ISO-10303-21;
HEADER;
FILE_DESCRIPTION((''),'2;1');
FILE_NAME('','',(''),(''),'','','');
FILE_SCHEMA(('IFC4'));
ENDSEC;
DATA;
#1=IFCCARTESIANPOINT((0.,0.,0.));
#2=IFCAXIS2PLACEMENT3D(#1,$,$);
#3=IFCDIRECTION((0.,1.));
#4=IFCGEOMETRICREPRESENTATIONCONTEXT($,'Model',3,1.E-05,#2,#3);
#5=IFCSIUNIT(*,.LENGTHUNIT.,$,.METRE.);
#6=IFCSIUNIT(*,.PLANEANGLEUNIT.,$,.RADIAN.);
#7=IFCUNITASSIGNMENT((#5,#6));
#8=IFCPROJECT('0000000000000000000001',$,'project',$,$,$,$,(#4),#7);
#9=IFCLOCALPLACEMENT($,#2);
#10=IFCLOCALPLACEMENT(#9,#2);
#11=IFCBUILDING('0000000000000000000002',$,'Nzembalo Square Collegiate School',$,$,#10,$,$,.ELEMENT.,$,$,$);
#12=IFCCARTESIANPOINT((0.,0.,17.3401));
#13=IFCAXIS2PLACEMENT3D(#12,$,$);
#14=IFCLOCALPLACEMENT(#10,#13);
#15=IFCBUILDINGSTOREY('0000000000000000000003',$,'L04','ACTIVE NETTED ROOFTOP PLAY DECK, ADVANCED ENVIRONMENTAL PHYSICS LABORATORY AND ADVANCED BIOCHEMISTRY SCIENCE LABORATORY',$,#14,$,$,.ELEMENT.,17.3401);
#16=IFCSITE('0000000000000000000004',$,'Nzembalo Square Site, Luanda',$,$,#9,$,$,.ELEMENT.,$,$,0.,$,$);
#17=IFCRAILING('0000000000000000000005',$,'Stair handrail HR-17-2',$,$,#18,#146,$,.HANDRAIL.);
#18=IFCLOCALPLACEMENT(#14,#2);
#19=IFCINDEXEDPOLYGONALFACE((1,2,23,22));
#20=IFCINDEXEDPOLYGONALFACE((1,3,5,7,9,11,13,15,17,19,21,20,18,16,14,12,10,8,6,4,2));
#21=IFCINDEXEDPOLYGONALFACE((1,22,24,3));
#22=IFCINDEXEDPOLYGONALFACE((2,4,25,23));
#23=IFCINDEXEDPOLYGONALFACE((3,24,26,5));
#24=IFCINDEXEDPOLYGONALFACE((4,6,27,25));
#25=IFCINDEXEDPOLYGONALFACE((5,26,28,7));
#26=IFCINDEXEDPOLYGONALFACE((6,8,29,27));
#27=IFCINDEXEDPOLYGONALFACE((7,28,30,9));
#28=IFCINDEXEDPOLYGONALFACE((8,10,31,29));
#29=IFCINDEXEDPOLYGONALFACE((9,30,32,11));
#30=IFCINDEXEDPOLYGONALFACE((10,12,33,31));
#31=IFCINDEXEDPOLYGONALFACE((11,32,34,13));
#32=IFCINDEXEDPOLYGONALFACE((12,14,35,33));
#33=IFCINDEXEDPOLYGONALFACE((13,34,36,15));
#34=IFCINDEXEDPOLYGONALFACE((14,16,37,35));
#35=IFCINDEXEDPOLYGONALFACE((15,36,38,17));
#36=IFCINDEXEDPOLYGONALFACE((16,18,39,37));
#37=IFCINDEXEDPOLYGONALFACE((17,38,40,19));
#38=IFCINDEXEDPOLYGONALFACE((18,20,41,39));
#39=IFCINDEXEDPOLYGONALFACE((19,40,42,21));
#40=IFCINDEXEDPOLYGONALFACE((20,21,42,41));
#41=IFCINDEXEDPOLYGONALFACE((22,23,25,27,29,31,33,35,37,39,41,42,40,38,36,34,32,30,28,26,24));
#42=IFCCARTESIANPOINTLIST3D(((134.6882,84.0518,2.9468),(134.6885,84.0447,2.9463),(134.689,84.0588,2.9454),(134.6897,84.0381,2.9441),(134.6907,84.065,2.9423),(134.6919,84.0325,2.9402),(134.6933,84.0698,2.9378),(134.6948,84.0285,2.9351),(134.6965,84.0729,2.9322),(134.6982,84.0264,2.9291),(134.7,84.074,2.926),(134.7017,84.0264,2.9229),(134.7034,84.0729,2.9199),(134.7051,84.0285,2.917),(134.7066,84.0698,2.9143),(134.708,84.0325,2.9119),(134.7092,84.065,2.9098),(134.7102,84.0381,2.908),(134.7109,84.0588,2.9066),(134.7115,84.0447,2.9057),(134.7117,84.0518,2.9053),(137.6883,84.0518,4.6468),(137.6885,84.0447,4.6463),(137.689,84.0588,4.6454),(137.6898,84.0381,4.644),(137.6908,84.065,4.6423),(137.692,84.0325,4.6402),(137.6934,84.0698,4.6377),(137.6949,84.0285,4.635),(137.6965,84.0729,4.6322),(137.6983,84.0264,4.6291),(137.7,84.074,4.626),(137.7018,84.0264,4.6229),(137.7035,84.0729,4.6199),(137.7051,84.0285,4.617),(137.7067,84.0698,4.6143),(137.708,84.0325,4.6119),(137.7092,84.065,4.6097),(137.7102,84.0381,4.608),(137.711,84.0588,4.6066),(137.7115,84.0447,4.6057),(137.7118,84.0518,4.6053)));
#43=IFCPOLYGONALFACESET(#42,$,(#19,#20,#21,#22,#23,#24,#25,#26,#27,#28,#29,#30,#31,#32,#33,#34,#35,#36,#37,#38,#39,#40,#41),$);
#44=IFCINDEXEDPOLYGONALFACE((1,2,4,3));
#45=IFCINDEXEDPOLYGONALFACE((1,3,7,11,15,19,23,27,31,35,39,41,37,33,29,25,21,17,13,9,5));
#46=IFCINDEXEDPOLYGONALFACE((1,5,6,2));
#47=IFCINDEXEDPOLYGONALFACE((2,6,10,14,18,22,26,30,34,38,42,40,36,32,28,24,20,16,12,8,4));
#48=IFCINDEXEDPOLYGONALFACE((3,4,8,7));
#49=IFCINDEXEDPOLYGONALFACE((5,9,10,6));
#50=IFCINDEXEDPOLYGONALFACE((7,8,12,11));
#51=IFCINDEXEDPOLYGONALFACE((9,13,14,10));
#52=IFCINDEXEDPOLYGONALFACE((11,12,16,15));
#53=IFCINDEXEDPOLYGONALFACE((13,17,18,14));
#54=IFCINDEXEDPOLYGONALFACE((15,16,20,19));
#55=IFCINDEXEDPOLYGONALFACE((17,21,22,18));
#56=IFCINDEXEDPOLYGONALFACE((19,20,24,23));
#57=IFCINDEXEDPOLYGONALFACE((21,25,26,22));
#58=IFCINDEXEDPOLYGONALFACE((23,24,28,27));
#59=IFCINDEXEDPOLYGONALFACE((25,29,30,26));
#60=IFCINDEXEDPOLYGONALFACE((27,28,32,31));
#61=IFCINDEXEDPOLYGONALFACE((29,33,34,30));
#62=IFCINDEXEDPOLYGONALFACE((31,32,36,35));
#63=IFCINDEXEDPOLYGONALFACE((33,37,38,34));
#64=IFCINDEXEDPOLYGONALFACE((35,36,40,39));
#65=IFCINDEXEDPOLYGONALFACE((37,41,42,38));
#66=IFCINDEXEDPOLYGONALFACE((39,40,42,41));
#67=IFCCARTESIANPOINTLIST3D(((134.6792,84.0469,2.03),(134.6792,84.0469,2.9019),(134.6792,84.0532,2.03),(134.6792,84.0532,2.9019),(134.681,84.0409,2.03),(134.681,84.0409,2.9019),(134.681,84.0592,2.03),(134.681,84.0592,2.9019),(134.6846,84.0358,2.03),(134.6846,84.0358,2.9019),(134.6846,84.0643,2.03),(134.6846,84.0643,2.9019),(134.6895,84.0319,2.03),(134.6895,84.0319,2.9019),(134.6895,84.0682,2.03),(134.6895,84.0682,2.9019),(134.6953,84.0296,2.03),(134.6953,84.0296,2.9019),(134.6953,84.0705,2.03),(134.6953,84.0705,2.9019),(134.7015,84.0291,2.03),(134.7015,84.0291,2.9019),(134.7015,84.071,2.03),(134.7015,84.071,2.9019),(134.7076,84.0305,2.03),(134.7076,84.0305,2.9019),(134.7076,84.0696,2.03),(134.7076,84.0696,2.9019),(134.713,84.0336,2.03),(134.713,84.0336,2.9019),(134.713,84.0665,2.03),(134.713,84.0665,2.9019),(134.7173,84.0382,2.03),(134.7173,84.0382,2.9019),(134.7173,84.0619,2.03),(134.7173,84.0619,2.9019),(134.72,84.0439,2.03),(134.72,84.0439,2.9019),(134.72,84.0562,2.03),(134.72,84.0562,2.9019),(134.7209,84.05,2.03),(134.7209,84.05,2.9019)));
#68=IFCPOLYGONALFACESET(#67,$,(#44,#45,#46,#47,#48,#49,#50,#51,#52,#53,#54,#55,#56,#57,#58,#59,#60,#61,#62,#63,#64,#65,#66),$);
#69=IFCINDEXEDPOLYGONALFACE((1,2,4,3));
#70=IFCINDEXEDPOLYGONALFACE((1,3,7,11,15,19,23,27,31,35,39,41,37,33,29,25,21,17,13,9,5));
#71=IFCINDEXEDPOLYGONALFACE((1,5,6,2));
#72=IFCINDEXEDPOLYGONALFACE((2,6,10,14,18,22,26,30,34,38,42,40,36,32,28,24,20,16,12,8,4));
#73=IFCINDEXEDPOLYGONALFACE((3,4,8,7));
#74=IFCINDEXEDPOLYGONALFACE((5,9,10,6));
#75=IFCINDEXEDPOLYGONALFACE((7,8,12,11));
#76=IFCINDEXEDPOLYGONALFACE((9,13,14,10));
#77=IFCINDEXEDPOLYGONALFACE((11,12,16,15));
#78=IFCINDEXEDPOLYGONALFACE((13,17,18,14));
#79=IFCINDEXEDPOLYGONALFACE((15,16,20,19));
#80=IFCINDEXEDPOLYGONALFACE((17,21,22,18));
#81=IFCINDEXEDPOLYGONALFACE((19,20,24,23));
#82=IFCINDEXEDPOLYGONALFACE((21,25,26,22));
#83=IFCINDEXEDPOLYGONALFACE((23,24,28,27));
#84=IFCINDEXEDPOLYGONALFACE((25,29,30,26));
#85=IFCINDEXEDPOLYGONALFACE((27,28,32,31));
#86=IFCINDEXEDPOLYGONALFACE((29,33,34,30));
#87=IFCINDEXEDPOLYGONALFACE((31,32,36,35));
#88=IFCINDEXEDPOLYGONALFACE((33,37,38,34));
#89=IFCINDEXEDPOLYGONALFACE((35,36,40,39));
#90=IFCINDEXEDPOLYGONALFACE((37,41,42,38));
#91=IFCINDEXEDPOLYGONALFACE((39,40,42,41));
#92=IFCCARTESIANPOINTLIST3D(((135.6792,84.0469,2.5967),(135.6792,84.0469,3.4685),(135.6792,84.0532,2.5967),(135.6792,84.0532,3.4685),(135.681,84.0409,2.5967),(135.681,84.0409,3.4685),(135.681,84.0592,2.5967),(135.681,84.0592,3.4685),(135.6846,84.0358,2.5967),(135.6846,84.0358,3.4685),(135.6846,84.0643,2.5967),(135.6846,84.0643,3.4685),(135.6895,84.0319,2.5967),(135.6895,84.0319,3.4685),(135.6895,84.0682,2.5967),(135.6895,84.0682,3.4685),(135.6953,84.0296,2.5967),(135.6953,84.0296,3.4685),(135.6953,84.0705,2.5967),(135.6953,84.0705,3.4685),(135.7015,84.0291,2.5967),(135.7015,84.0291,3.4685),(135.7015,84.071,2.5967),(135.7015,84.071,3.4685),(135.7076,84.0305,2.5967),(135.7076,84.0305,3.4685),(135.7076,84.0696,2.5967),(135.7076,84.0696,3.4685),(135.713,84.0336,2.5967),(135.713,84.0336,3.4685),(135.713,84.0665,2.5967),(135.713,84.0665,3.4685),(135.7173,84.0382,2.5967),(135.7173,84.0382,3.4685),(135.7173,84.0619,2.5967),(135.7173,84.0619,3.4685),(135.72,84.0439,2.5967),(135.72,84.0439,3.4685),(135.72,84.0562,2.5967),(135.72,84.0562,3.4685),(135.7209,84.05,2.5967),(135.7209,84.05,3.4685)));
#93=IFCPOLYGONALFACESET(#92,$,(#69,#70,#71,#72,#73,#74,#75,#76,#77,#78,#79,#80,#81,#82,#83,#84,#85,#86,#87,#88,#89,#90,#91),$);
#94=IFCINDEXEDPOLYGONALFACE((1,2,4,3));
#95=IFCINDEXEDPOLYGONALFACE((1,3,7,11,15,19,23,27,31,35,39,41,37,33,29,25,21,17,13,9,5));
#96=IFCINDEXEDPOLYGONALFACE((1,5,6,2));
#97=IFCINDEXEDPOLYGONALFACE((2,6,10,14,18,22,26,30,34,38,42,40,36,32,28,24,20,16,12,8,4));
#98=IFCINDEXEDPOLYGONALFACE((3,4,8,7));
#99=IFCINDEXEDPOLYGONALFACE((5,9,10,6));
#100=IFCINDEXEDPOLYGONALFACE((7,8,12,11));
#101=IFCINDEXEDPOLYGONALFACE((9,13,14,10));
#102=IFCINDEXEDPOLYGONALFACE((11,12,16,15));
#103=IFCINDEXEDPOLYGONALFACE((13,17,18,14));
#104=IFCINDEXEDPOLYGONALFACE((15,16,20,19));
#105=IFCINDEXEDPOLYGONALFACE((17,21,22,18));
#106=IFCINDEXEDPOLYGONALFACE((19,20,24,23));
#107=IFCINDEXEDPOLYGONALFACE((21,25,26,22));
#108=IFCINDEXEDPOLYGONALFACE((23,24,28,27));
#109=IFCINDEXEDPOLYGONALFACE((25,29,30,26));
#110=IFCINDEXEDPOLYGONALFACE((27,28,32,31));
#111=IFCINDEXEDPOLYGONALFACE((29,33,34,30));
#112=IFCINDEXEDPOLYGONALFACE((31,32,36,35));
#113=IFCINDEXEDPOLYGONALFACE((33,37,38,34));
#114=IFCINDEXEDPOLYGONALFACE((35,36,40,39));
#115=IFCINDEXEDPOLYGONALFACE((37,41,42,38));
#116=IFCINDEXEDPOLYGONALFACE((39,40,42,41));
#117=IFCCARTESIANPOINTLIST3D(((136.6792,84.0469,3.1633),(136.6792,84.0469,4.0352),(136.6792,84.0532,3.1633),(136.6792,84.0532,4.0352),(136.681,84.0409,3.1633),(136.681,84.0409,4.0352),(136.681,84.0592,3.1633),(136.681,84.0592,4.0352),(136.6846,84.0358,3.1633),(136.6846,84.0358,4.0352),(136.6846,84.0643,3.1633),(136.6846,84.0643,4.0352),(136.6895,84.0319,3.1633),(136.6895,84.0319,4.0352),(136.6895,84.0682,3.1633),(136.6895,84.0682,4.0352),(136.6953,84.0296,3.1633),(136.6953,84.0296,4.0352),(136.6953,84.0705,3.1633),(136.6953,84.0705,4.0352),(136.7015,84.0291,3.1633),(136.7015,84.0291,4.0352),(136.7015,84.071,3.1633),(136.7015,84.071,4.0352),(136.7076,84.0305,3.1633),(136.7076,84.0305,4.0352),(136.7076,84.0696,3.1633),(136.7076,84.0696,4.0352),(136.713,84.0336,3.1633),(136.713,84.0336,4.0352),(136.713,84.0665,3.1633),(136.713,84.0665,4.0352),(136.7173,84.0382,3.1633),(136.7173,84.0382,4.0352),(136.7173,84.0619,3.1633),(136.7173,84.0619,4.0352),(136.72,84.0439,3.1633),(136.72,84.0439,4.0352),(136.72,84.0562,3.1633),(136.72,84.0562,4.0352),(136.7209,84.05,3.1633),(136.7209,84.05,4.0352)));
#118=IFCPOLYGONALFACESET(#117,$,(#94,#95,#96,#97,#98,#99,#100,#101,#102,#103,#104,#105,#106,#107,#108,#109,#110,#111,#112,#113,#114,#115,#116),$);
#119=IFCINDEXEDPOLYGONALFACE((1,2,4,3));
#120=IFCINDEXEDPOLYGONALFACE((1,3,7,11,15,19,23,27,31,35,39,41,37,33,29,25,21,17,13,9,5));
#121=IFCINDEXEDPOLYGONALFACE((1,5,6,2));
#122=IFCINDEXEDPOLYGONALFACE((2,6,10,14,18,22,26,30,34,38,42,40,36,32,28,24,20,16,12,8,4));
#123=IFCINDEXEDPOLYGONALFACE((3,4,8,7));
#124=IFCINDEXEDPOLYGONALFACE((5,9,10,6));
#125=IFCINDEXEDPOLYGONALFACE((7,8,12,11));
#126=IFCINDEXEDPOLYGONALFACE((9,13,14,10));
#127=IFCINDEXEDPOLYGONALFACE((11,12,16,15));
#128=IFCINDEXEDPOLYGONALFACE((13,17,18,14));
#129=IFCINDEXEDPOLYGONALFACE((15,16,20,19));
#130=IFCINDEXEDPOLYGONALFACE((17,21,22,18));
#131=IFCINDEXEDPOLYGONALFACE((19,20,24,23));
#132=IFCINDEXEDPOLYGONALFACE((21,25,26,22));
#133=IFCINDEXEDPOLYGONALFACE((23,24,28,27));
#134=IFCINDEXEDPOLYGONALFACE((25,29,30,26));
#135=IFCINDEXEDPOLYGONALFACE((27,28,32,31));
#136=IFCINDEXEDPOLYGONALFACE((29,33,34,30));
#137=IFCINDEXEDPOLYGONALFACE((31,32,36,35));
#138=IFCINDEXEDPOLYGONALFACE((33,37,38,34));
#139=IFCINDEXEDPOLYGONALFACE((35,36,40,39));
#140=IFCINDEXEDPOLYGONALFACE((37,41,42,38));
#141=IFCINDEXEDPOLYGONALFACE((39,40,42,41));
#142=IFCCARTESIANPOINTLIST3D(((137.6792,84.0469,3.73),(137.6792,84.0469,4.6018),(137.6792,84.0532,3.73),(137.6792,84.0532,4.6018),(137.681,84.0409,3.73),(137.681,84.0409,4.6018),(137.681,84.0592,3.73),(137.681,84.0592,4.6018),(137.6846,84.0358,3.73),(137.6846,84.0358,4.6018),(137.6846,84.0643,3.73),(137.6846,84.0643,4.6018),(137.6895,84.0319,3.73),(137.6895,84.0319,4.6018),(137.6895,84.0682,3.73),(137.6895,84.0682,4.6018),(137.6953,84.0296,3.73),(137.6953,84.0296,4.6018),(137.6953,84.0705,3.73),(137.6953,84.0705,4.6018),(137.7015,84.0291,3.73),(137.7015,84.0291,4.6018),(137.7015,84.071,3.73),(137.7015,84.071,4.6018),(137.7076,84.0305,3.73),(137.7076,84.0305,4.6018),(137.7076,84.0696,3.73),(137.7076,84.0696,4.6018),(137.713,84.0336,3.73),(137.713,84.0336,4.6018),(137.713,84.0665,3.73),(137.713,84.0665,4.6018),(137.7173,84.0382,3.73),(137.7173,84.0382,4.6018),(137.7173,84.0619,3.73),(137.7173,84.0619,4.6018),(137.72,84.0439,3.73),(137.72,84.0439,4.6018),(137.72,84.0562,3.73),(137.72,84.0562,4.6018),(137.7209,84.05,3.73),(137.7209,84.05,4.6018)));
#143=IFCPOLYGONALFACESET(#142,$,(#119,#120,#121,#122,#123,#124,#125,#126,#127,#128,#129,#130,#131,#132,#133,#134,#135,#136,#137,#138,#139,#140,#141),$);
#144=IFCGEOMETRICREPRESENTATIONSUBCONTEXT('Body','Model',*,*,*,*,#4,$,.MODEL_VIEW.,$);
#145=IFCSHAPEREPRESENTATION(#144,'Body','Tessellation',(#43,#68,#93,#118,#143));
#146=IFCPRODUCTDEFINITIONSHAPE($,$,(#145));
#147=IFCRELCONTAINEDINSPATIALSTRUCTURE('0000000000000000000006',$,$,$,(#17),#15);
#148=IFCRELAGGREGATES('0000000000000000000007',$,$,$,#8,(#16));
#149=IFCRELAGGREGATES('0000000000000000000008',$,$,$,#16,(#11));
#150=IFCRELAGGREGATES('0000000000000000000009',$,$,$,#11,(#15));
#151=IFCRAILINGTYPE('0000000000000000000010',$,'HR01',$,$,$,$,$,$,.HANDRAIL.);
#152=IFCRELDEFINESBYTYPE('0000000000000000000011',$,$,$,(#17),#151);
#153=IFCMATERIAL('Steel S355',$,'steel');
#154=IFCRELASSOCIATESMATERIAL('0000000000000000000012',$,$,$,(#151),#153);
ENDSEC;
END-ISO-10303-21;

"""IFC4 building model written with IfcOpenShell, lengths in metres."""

from ifc_helpers import new_model, si_unit, direction, frame, origin, origin_2d, place, context, subcontext, project, spatial, circle, extrude, material, type_object, element, save


model = new_model("IFC4")

# Units and contexts
model_context = context("Model", 3, precision=1e-05, world=origin(), true_north=direction((0.0, 1.0)))
body_context = subcontext(model_context, "Body", "Model", "MODEL_VIEW")
ifc_project = project(units=[si_unit("LENGTHUNIT", "METRE"), si_unit("PLANEANGLEUNIT", "RADIAN")], contexts=[model_context])

# Site, building, storey
site_placement = place(None, origin())
site = spatial("IfcSite", under=ifc_project, at=site_placement, Name="Nzembalo Square Site, Luanda", CompositionType="ELEMENT", RefElevation=0.0)
building_placement = place(site_placement, origin())
building = spatial("IfcBuilding", under=site, at=building_placement, Name="Nzembalo Square Collegiate School", CompositionType="ELEMENT")
storey_placement = place(building_placement, frame((0.0, 0.0, 17.3401)))
storey = spatial("IfcBuildingStorey", under=building, at=storey_placement, Name="L04", Description="ACTIVE NETTED ROOFTOP PLAY DECK, ADVANCED ENVIRONMENTAL PHYSICS LABORATORY AND ADVANCED BIOCHEMISTRY SCIENCE LABORATORY", CompositionType="ELEMENT", Elevation=17.3401)

# Railing
ifc_material_1 = material(Name="Steel S355", Category="steel")
railing_type_1 = type_object("IfcRailingType", Name="HR01", PredefinedType="HANDRAIL", material=ifc_material_1)
railing_1_placement = place(storey_placement, frame((134.7, 84.05, 2.03)))
element("IfcRailing", 1, at=railing_1_placement, inside=storey, type_object=railing_type_1, Name="Stair handrail HR-17-2", PredefinedType="HANDRAIL", context=body_context, shape_type="SweptSolid", body=[
    extrude(circle(Radius=0.0239, at=origin_2d()), frame((0.0, 0.0, 0.896), z_axis=(0.870028, 0.0, 0.493002), x_axis=(0.0, 1.0, 0.0)), (0.0, 0.0, 1.0), 3.4482),
    extrude(circle(Radius=0.021, at=origin_2d()), origin(), (0.0, 0.0, 1.0), 0.8718),
    extrude(circle(Radius=0.021, at=origin_2d()), frame((1.0, 0.0, 0.5667)), (0.0, 0.0, 1.0), 0.8718),
    extrude(circle(Radius=0.021, at=origin_2d()), frame((2.0, 0.0, 1.1333)), (0.0, 0.0, 1.0), 0.8718),
    extrude(circle(Radius=0.021, at=origin_2d()), frame((3.0, 0.0, 1.7)), (0.0, 0.0, 1.0), 0.8718),
])

save(model, "model.ifc")
